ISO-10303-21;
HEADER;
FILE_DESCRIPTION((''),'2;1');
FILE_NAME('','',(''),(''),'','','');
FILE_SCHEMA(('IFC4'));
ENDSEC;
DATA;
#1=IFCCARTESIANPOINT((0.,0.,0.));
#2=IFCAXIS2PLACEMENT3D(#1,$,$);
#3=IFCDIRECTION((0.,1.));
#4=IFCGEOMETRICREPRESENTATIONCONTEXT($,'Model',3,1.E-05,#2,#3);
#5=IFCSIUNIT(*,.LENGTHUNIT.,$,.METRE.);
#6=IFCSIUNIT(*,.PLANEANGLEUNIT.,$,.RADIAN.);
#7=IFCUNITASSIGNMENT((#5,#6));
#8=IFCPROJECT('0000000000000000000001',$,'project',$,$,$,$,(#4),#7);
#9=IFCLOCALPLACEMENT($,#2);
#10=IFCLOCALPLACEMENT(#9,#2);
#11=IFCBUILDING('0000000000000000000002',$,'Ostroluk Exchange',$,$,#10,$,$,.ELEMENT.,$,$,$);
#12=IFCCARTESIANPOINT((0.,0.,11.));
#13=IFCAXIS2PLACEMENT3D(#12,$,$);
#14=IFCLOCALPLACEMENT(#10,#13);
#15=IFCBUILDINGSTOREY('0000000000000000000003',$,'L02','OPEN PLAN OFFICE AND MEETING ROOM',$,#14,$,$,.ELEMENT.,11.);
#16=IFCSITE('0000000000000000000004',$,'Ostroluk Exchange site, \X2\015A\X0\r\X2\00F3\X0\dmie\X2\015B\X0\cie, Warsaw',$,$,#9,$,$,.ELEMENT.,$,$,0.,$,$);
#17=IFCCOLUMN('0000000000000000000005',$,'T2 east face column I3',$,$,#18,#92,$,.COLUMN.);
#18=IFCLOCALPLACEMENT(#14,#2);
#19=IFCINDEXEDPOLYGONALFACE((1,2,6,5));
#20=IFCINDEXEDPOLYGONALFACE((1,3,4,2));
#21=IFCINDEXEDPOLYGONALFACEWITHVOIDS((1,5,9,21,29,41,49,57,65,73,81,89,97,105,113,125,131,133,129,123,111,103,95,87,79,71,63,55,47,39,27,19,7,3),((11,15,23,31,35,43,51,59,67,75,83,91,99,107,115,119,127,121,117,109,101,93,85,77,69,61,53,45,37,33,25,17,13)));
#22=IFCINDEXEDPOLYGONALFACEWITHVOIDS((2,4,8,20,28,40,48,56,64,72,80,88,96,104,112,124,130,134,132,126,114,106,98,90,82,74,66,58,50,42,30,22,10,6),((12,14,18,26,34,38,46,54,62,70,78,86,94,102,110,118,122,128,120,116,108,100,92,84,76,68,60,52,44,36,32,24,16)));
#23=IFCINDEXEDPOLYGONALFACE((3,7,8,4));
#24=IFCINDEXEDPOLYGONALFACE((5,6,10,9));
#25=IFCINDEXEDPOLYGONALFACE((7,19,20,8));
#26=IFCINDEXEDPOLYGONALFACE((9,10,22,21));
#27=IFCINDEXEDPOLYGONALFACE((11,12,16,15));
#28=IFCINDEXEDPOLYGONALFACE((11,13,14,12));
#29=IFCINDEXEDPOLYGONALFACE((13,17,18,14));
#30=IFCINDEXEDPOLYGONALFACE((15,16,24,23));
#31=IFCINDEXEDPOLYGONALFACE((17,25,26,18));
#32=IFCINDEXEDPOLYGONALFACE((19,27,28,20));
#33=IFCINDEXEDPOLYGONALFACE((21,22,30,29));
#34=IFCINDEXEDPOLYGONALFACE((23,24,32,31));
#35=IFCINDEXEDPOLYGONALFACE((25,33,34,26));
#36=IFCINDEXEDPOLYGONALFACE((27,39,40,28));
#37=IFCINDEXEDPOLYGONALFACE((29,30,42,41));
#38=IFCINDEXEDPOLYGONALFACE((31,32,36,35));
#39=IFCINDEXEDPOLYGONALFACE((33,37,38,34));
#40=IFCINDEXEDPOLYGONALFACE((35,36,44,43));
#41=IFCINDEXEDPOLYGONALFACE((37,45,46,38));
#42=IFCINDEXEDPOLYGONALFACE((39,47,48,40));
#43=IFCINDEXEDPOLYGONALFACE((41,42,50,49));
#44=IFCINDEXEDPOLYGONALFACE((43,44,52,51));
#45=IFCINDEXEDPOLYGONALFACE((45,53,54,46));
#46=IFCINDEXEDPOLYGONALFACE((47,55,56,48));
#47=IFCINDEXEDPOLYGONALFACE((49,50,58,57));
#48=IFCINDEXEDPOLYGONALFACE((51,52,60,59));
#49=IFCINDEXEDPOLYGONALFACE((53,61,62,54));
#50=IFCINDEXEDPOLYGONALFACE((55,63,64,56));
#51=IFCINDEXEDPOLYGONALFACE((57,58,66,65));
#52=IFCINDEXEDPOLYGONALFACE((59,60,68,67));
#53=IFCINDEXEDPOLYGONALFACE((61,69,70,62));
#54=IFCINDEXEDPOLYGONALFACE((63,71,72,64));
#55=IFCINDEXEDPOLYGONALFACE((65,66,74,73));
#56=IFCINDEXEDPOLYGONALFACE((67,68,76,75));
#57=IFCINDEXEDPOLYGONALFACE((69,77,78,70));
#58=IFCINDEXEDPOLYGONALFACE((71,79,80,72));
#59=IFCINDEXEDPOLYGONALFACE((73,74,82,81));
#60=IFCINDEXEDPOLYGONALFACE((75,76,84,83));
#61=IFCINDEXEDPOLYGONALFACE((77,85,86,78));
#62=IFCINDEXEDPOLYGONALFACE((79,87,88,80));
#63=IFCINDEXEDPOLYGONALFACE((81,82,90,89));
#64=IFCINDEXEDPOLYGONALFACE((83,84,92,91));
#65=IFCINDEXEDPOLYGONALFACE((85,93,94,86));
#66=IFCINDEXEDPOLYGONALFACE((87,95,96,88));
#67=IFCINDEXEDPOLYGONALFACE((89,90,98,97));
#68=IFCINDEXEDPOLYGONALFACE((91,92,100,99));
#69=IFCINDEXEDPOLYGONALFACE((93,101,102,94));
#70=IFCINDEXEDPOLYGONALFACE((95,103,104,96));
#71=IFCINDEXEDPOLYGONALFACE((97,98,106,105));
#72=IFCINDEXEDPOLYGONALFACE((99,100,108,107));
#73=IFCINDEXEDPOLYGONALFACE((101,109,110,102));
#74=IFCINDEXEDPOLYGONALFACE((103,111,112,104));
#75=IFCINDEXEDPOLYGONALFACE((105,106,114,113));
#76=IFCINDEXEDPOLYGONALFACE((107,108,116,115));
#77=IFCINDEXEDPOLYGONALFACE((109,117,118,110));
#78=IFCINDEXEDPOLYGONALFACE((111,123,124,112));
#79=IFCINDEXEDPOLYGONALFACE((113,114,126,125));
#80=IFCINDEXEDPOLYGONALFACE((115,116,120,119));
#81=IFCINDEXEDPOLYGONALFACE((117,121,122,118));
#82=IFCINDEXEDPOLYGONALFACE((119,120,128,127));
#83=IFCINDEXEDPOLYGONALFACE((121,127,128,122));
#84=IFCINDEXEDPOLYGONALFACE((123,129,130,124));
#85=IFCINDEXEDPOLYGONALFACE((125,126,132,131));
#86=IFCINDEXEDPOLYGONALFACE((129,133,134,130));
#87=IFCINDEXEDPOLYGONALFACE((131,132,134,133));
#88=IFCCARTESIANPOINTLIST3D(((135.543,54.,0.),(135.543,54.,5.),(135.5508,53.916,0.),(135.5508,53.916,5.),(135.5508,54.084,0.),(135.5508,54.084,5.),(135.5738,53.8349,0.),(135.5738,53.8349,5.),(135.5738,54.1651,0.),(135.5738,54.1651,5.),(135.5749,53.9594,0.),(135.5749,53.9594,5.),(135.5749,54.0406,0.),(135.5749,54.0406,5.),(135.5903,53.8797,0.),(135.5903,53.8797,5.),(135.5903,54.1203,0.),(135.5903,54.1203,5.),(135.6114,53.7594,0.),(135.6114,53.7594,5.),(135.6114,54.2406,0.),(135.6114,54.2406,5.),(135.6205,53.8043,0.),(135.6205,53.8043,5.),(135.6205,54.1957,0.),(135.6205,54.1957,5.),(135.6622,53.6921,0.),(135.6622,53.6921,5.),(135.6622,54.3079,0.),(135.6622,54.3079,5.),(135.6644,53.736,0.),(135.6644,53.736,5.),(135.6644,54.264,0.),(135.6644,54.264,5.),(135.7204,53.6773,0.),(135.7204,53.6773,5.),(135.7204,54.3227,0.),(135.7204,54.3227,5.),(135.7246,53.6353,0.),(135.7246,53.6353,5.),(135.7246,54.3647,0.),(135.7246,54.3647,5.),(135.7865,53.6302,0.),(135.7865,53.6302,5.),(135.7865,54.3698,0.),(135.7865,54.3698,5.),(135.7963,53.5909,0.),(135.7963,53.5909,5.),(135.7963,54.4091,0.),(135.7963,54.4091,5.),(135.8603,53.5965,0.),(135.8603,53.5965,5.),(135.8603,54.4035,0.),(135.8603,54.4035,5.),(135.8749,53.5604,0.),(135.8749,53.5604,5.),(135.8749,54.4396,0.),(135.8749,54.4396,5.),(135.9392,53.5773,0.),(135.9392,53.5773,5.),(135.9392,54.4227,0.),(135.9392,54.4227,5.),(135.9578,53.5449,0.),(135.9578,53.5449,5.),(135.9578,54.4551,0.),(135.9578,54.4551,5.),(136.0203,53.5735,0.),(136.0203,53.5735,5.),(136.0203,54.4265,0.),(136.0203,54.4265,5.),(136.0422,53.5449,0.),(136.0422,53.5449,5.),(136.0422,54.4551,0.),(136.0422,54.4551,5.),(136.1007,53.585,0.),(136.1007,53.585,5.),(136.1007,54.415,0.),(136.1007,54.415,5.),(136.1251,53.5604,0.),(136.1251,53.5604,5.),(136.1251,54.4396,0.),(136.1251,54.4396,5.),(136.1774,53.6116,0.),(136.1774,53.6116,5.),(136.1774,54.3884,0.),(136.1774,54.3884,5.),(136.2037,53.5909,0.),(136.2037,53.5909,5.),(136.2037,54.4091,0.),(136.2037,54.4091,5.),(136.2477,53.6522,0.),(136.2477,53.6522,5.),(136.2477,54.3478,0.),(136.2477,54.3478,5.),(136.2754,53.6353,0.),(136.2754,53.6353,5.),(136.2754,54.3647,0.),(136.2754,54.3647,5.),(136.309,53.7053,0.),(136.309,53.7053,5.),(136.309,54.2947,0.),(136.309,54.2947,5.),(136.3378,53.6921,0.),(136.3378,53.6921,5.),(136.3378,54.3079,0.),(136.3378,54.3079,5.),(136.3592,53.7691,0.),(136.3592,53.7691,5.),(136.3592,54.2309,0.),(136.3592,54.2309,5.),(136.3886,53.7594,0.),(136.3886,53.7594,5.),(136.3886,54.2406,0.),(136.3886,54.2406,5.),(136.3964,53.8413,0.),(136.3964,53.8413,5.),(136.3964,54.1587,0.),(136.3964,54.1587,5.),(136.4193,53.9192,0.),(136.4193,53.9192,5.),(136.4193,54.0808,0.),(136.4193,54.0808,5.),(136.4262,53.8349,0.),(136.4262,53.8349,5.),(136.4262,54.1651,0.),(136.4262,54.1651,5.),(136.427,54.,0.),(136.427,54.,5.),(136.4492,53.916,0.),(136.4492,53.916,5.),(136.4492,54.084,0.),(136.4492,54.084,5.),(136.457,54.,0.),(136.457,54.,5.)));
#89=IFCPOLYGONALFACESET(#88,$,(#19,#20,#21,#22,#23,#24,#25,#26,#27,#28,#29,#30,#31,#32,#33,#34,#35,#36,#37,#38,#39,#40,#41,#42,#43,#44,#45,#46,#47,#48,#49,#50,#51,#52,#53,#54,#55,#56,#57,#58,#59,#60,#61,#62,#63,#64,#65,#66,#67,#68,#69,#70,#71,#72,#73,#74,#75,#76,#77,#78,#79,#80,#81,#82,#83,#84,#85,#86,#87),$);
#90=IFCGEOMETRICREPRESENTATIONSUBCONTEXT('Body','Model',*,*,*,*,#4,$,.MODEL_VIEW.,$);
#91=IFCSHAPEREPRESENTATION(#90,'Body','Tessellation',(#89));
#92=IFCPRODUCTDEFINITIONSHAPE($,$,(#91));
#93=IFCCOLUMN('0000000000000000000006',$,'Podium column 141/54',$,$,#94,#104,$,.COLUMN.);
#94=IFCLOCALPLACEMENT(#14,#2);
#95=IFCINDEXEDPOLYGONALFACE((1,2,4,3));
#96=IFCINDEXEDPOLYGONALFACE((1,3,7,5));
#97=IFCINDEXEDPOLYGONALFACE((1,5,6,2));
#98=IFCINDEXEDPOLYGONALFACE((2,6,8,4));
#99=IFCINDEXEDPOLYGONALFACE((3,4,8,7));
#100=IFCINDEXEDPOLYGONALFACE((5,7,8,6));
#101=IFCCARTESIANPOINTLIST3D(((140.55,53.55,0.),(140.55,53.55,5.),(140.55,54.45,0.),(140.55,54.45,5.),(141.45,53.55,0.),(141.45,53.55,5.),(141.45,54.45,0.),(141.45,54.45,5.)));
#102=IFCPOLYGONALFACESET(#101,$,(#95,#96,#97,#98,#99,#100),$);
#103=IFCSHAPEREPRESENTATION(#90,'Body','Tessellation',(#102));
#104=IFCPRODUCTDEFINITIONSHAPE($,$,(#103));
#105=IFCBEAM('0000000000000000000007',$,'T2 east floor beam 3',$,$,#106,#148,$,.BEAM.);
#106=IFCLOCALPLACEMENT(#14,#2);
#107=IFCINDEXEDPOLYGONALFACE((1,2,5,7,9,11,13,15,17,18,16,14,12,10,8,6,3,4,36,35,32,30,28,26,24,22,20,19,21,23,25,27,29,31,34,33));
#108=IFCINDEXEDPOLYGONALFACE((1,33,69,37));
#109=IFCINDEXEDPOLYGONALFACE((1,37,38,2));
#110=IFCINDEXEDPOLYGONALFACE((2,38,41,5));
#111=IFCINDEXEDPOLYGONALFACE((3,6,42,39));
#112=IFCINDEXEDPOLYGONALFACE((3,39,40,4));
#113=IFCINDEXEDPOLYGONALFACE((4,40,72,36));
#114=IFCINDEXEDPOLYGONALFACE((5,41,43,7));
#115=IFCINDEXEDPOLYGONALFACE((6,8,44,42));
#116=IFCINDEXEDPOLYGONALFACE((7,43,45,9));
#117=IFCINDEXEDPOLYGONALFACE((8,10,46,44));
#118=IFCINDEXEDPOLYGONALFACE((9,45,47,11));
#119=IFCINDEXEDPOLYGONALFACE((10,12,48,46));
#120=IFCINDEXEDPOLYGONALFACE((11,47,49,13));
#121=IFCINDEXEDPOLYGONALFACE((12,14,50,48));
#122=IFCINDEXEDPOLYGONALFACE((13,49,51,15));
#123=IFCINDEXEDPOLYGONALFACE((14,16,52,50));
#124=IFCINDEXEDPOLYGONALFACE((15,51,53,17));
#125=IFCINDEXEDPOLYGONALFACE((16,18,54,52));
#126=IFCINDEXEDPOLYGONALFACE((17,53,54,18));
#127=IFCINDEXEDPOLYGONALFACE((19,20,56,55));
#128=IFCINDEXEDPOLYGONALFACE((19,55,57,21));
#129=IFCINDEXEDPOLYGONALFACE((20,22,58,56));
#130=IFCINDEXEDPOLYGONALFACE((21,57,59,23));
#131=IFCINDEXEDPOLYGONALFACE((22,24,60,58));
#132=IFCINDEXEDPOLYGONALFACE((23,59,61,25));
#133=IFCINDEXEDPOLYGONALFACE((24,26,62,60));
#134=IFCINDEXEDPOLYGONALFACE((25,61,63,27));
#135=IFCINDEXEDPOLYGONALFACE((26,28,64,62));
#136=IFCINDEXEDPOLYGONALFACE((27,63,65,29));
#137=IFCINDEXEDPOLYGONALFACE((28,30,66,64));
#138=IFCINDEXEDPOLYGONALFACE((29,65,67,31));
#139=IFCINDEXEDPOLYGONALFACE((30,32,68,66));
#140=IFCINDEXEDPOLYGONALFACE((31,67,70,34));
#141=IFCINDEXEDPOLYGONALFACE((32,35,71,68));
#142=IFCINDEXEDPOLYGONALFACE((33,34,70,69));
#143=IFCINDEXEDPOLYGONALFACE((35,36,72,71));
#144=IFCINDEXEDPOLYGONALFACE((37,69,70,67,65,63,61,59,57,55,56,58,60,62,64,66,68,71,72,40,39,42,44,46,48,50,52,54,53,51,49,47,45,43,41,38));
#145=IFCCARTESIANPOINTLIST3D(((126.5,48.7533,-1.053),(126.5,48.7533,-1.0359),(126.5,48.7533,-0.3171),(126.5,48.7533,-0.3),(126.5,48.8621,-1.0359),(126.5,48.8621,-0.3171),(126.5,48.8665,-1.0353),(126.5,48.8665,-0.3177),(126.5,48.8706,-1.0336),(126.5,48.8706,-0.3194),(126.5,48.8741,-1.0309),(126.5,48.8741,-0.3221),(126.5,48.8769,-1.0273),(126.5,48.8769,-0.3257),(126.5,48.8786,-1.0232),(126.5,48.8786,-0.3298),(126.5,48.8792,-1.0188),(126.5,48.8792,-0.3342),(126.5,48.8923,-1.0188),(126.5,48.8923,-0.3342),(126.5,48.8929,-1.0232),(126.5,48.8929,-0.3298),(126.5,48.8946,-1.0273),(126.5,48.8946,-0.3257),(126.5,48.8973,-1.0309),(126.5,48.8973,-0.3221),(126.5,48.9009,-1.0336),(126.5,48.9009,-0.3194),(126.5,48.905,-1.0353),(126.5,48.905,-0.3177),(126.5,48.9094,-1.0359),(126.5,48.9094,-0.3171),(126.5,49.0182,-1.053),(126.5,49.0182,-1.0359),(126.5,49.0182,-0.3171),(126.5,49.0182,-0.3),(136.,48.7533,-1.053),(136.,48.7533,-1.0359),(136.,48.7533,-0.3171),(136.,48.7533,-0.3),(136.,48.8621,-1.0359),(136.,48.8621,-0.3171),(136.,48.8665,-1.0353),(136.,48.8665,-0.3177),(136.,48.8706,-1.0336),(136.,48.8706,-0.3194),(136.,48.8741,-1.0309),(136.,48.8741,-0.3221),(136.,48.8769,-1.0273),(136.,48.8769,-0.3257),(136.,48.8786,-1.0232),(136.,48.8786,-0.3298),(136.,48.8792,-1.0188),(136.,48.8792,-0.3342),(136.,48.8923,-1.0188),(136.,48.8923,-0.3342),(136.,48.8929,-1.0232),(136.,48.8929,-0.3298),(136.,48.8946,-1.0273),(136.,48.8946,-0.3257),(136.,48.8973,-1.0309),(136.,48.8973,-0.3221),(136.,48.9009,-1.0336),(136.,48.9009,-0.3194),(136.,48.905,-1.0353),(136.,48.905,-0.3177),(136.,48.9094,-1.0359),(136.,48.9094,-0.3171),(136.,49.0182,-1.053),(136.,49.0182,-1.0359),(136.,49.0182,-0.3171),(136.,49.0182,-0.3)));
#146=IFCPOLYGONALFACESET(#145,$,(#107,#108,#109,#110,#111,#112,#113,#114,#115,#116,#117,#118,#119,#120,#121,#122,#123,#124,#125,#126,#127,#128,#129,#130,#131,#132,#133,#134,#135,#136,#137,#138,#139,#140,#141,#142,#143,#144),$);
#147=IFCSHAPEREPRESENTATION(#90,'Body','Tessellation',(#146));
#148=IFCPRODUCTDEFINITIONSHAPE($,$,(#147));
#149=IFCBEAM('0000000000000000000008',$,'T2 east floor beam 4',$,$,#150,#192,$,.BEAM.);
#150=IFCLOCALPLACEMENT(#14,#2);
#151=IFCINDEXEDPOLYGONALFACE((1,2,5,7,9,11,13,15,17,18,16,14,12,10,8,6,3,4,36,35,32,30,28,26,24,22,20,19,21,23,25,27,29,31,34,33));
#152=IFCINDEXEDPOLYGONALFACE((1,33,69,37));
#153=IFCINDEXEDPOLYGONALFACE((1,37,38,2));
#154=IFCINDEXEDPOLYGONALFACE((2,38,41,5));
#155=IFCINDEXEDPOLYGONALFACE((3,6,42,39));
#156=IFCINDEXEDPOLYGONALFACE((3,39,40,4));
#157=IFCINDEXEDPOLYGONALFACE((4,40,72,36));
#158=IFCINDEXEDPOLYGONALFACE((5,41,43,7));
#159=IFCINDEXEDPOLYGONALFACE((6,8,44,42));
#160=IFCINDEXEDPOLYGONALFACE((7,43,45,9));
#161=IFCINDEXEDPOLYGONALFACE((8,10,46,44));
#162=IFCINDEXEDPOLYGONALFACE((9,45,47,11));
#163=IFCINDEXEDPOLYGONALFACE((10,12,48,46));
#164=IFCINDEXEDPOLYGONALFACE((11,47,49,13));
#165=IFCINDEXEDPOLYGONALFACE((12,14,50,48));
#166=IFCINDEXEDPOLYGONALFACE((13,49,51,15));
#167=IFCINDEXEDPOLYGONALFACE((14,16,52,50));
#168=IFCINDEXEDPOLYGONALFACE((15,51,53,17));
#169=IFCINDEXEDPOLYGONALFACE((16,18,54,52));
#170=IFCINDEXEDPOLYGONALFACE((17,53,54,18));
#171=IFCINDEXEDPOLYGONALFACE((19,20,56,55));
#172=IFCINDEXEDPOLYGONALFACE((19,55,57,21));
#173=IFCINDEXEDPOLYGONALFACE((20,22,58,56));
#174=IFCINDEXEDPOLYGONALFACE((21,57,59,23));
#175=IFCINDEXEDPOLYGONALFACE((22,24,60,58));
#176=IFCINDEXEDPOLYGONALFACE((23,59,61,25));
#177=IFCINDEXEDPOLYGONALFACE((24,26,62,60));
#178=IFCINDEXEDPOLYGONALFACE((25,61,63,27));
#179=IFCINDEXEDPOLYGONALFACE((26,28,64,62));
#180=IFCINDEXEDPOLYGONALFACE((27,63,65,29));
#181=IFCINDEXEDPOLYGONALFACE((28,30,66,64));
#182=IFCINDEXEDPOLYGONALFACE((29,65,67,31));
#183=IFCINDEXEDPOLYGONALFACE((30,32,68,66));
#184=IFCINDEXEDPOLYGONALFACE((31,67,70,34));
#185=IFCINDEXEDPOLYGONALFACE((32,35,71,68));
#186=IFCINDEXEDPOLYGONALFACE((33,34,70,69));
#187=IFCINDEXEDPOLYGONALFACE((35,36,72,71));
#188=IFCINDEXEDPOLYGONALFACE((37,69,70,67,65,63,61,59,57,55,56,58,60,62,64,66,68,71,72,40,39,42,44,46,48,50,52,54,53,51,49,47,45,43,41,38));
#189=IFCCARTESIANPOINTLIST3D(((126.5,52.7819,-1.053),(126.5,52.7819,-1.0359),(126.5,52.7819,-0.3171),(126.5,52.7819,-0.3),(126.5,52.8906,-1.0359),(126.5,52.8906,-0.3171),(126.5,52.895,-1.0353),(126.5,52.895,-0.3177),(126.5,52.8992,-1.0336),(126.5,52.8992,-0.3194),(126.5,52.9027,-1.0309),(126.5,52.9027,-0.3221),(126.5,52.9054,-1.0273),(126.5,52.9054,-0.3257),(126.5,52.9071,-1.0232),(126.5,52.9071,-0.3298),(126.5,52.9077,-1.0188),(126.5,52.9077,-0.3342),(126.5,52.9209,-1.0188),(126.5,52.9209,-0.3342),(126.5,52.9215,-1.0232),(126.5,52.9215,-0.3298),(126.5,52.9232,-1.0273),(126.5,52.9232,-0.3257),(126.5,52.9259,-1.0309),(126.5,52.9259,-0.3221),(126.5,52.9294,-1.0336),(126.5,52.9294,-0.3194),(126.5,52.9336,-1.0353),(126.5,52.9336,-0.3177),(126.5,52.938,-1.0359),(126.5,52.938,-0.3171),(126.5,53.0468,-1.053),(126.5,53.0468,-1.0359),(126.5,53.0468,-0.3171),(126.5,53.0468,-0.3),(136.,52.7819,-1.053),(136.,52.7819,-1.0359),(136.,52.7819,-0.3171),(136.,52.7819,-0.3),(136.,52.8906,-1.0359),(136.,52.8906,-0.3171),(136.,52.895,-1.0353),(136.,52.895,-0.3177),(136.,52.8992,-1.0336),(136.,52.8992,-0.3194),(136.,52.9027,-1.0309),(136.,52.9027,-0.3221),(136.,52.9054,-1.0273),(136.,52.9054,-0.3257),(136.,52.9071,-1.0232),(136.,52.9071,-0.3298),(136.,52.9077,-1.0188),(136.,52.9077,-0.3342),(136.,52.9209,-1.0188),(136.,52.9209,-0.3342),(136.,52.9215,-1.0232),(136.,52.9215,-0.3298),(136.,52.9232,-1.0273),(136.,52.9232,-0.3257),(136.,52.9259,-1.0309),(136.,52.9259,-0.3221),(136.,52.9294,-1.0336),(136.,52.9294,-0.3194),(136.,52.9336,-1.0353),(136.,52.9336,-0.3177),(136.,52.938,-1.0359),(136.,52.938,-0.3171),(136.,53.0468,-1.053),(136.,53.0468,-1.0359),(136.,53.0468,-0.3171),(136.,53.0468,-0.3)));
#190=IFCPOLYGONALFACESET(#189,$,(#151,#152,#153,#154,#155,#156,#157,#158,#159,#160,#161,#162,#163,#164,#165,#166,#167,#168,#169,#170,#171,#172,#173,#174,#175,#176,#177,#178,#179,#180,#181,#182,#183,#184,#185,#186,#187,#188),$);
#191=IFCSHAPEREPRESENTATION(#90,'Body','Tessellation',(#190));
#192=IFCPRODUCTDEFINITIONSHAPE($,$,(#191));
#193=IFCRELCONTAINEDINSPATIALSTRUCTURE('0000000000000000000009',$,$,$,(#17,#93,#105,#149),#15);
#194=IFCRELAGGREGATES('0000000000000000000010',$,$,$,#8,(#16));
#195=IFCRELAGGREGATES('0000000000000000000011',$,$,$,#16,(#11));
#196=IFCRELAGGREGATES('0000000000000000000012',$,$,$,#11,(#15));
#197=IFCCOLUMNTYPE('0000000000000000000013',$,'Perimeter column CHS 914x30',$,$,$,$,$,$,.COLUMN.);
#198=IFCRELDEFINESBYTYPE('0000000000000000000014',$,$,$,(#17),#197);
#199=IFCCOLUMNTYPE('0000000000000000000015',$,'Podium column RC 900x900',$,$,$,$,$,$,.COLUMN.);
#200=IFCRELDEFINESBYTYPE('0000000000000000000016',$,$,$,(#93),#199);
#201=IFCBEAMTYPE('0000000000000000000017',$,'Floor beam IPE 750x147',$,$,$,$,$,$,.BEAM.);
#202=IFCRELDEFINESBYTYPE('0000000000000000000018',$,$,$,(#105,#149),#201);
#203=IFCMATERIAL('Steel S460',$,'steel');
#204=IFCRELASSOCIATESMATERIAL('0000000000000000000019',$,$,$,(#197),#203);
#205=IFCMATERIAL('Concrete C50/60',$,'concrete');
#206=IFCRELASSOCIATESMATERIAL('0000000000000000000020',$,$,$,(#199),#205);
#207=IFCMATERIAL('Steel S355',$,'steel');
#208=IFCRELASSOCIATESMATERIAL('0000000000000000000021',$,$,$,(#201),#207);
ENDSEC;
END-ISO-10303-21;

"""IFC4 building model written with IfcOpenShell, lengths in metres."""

from ifc_helpers import new_model, si_unit, direction, frame, origin, origin_2d, place, context, subcontext, project, spatial, rectangle, hollow_circle, i_section, extrude, material, material_profile, profile_set, type_object, element, save


model = new_model("IFC4")

# Units and contexts
model_context = context("Model", 3, precision=1e-05, world=origin(), true_north=direction((0.0, 1.0)))
body_context = subcontext(model_context, "Body", "Model", "MODEL_VIEW")
ifc_project = project(units=[si_unit("LENGTHUNIT", "METRE"), si_unit("PLANEANGLEUNIT", "RADIAN")], contexts=[model_context])

# Site, building, storey
site_placement = place(None, origin())
site = spatial("IfcSite", under=ifc_project, at=site_placement, Name="Ostroluk Exchange site, Śródmieście, Warsaw", CompositionType="ELEMENT", RefElevation=0.0)
building_placement = place(site_placement, origin())
building = spatial("IfcBuilding", under=site, at=building_placement, Name="Ostroluk Exchange", CompositionType="ELEMENT")
storey_placement = place(building_placement, frame((0.0, 0.0, 11.0)))
storey = spatial("IfcBuildingStorey", under=building, at=storey_placement, Name="L02", Description="OPEN PLAN OFFICE AND MEETING ROOM", CompositionType="ELEMENT", Elevation=11.0)

# Columns
ifc_material_1 = material(Name="Steel S460", Category="steel")
ifc_material_profile_1 = material_profile(ifc_material_1, hollow_circle(Radius=0.457, WallThickness=0.03, at=origin_2d()), Name="CHS 914x30")
ifc_profile_set_1 = profile_set([ifc_material_profile_1], Name="Steel S460")
column_type_1 = type_object("IfcColumnType", Name="Perimeter column CHS 914x30", PredefinedType="COLUMN", material=ifc_profile_set_1)
column_1_placement = place(storey_placement, frame((136.0, 54.0, 0.0), z_axis=(0.0, 0.0, 1.0), x_axis=(1.0, 0.0, 0.0)))
element("IfcColumn", 1, at=column_1_placement, inside=storey, type_object=column_type_1, Name="T2 east face column I3", PredefinedType="COLUMN", context=body_context, shape_type="SweptSolid", body=[
    extrude(hollow_circle(Radius=0.457, WallThickness=0.03, at=origin_2d()), origin(), (0.0, 0.0, 1.0), 5.0),
])
ifc_material_2 = material(Name="Concrete C50/60", Category="concrete")
ifc_material_profile_2 = material_profile(ifc_material_2, rectangle(XDim=0.8999, YDim=0.8999, at=origin_2d()), Name="RC 900x900")
ifc_profile_set_2 = profile_set([ifc_material_profile_2], Name="Concrete C50/60")
column_type_2 = type_object("IfcColumnType", Name="Podium column RC 900x900", PredefinedType="COLUMN", material=ifc_profile_set_2)
column_2_placement = place(storey_placement, frame((141.0, 54.0, 0.0), z_axis=(0.0, 0.0, 1.0), x_axis=(1.0, 0.0, 0.0)))
element("IfcColumn", 2, at=column_2_placement, inside=storey, type_object=column_type_2, Name="Podium column 141/54", PredefinedType="COLUMN", context=body_context, shape_type="SweptSolid", body=[
    extrude(rectangle(XDim=0.8999, YDim=0.8999, at=origin_2d()), origin(), (0.0, 0.0, 1.0), 5.0),
])

# Beams
ifc_material_3 = material(Name="Steel S355", Category="steel")
ifc_material_profile_3 = material_profile(ifc_material_3, i_section(OverallWidth=0.2649, OverallDepth=0.7529, WebThickness=0.0132, FlangeThickness=0.0171, FilletRadius=0.0171, at=origin_2d()), Name="IPE 750x147")
ifc_profile_set_3 = profile_set([ifc_material_profile_3], Name="Steel S355")
beam_type_1 = type_object("IfcBeamType", Name="Floor beam IPE 750x147", PredefinedType="BEAM", material=ifc_profile_set_3)
for number, where, z_axis, x_axis, name in (
    (3, (126.5, 48.8857, -0.6765), (1.0, 0.0, 0.0), (0.0, 1.0, 0.0), "T2 east floor beam 3"),
    (4, (126.5, 52.9143, -0.6765), (1.0, 0.0, 0.0), (0.0, 1.0, 0.0), "T2 east floor beam 4"),
):
    element("IfcBeam", number, at=place(storey_placement, frame(where, z_axis=z_axis, x_axis=x_axis)), inside=storey, type_object=beam_type_1, Name=name, PredefinedType="BEAM", context=body_context, shape_type="SweptSolid", body=[
        extrude(i_section(OverallWidth=0.2649, OverallDepth=0.7529, WebThickness=0.0132, FlangeThickness=0.0171, FilletRadius=0.0171, at=origin_2d()), origin(), (0.0, 0.0, 1.0), 9.5),
    ])

save(model, "model.ifc")
